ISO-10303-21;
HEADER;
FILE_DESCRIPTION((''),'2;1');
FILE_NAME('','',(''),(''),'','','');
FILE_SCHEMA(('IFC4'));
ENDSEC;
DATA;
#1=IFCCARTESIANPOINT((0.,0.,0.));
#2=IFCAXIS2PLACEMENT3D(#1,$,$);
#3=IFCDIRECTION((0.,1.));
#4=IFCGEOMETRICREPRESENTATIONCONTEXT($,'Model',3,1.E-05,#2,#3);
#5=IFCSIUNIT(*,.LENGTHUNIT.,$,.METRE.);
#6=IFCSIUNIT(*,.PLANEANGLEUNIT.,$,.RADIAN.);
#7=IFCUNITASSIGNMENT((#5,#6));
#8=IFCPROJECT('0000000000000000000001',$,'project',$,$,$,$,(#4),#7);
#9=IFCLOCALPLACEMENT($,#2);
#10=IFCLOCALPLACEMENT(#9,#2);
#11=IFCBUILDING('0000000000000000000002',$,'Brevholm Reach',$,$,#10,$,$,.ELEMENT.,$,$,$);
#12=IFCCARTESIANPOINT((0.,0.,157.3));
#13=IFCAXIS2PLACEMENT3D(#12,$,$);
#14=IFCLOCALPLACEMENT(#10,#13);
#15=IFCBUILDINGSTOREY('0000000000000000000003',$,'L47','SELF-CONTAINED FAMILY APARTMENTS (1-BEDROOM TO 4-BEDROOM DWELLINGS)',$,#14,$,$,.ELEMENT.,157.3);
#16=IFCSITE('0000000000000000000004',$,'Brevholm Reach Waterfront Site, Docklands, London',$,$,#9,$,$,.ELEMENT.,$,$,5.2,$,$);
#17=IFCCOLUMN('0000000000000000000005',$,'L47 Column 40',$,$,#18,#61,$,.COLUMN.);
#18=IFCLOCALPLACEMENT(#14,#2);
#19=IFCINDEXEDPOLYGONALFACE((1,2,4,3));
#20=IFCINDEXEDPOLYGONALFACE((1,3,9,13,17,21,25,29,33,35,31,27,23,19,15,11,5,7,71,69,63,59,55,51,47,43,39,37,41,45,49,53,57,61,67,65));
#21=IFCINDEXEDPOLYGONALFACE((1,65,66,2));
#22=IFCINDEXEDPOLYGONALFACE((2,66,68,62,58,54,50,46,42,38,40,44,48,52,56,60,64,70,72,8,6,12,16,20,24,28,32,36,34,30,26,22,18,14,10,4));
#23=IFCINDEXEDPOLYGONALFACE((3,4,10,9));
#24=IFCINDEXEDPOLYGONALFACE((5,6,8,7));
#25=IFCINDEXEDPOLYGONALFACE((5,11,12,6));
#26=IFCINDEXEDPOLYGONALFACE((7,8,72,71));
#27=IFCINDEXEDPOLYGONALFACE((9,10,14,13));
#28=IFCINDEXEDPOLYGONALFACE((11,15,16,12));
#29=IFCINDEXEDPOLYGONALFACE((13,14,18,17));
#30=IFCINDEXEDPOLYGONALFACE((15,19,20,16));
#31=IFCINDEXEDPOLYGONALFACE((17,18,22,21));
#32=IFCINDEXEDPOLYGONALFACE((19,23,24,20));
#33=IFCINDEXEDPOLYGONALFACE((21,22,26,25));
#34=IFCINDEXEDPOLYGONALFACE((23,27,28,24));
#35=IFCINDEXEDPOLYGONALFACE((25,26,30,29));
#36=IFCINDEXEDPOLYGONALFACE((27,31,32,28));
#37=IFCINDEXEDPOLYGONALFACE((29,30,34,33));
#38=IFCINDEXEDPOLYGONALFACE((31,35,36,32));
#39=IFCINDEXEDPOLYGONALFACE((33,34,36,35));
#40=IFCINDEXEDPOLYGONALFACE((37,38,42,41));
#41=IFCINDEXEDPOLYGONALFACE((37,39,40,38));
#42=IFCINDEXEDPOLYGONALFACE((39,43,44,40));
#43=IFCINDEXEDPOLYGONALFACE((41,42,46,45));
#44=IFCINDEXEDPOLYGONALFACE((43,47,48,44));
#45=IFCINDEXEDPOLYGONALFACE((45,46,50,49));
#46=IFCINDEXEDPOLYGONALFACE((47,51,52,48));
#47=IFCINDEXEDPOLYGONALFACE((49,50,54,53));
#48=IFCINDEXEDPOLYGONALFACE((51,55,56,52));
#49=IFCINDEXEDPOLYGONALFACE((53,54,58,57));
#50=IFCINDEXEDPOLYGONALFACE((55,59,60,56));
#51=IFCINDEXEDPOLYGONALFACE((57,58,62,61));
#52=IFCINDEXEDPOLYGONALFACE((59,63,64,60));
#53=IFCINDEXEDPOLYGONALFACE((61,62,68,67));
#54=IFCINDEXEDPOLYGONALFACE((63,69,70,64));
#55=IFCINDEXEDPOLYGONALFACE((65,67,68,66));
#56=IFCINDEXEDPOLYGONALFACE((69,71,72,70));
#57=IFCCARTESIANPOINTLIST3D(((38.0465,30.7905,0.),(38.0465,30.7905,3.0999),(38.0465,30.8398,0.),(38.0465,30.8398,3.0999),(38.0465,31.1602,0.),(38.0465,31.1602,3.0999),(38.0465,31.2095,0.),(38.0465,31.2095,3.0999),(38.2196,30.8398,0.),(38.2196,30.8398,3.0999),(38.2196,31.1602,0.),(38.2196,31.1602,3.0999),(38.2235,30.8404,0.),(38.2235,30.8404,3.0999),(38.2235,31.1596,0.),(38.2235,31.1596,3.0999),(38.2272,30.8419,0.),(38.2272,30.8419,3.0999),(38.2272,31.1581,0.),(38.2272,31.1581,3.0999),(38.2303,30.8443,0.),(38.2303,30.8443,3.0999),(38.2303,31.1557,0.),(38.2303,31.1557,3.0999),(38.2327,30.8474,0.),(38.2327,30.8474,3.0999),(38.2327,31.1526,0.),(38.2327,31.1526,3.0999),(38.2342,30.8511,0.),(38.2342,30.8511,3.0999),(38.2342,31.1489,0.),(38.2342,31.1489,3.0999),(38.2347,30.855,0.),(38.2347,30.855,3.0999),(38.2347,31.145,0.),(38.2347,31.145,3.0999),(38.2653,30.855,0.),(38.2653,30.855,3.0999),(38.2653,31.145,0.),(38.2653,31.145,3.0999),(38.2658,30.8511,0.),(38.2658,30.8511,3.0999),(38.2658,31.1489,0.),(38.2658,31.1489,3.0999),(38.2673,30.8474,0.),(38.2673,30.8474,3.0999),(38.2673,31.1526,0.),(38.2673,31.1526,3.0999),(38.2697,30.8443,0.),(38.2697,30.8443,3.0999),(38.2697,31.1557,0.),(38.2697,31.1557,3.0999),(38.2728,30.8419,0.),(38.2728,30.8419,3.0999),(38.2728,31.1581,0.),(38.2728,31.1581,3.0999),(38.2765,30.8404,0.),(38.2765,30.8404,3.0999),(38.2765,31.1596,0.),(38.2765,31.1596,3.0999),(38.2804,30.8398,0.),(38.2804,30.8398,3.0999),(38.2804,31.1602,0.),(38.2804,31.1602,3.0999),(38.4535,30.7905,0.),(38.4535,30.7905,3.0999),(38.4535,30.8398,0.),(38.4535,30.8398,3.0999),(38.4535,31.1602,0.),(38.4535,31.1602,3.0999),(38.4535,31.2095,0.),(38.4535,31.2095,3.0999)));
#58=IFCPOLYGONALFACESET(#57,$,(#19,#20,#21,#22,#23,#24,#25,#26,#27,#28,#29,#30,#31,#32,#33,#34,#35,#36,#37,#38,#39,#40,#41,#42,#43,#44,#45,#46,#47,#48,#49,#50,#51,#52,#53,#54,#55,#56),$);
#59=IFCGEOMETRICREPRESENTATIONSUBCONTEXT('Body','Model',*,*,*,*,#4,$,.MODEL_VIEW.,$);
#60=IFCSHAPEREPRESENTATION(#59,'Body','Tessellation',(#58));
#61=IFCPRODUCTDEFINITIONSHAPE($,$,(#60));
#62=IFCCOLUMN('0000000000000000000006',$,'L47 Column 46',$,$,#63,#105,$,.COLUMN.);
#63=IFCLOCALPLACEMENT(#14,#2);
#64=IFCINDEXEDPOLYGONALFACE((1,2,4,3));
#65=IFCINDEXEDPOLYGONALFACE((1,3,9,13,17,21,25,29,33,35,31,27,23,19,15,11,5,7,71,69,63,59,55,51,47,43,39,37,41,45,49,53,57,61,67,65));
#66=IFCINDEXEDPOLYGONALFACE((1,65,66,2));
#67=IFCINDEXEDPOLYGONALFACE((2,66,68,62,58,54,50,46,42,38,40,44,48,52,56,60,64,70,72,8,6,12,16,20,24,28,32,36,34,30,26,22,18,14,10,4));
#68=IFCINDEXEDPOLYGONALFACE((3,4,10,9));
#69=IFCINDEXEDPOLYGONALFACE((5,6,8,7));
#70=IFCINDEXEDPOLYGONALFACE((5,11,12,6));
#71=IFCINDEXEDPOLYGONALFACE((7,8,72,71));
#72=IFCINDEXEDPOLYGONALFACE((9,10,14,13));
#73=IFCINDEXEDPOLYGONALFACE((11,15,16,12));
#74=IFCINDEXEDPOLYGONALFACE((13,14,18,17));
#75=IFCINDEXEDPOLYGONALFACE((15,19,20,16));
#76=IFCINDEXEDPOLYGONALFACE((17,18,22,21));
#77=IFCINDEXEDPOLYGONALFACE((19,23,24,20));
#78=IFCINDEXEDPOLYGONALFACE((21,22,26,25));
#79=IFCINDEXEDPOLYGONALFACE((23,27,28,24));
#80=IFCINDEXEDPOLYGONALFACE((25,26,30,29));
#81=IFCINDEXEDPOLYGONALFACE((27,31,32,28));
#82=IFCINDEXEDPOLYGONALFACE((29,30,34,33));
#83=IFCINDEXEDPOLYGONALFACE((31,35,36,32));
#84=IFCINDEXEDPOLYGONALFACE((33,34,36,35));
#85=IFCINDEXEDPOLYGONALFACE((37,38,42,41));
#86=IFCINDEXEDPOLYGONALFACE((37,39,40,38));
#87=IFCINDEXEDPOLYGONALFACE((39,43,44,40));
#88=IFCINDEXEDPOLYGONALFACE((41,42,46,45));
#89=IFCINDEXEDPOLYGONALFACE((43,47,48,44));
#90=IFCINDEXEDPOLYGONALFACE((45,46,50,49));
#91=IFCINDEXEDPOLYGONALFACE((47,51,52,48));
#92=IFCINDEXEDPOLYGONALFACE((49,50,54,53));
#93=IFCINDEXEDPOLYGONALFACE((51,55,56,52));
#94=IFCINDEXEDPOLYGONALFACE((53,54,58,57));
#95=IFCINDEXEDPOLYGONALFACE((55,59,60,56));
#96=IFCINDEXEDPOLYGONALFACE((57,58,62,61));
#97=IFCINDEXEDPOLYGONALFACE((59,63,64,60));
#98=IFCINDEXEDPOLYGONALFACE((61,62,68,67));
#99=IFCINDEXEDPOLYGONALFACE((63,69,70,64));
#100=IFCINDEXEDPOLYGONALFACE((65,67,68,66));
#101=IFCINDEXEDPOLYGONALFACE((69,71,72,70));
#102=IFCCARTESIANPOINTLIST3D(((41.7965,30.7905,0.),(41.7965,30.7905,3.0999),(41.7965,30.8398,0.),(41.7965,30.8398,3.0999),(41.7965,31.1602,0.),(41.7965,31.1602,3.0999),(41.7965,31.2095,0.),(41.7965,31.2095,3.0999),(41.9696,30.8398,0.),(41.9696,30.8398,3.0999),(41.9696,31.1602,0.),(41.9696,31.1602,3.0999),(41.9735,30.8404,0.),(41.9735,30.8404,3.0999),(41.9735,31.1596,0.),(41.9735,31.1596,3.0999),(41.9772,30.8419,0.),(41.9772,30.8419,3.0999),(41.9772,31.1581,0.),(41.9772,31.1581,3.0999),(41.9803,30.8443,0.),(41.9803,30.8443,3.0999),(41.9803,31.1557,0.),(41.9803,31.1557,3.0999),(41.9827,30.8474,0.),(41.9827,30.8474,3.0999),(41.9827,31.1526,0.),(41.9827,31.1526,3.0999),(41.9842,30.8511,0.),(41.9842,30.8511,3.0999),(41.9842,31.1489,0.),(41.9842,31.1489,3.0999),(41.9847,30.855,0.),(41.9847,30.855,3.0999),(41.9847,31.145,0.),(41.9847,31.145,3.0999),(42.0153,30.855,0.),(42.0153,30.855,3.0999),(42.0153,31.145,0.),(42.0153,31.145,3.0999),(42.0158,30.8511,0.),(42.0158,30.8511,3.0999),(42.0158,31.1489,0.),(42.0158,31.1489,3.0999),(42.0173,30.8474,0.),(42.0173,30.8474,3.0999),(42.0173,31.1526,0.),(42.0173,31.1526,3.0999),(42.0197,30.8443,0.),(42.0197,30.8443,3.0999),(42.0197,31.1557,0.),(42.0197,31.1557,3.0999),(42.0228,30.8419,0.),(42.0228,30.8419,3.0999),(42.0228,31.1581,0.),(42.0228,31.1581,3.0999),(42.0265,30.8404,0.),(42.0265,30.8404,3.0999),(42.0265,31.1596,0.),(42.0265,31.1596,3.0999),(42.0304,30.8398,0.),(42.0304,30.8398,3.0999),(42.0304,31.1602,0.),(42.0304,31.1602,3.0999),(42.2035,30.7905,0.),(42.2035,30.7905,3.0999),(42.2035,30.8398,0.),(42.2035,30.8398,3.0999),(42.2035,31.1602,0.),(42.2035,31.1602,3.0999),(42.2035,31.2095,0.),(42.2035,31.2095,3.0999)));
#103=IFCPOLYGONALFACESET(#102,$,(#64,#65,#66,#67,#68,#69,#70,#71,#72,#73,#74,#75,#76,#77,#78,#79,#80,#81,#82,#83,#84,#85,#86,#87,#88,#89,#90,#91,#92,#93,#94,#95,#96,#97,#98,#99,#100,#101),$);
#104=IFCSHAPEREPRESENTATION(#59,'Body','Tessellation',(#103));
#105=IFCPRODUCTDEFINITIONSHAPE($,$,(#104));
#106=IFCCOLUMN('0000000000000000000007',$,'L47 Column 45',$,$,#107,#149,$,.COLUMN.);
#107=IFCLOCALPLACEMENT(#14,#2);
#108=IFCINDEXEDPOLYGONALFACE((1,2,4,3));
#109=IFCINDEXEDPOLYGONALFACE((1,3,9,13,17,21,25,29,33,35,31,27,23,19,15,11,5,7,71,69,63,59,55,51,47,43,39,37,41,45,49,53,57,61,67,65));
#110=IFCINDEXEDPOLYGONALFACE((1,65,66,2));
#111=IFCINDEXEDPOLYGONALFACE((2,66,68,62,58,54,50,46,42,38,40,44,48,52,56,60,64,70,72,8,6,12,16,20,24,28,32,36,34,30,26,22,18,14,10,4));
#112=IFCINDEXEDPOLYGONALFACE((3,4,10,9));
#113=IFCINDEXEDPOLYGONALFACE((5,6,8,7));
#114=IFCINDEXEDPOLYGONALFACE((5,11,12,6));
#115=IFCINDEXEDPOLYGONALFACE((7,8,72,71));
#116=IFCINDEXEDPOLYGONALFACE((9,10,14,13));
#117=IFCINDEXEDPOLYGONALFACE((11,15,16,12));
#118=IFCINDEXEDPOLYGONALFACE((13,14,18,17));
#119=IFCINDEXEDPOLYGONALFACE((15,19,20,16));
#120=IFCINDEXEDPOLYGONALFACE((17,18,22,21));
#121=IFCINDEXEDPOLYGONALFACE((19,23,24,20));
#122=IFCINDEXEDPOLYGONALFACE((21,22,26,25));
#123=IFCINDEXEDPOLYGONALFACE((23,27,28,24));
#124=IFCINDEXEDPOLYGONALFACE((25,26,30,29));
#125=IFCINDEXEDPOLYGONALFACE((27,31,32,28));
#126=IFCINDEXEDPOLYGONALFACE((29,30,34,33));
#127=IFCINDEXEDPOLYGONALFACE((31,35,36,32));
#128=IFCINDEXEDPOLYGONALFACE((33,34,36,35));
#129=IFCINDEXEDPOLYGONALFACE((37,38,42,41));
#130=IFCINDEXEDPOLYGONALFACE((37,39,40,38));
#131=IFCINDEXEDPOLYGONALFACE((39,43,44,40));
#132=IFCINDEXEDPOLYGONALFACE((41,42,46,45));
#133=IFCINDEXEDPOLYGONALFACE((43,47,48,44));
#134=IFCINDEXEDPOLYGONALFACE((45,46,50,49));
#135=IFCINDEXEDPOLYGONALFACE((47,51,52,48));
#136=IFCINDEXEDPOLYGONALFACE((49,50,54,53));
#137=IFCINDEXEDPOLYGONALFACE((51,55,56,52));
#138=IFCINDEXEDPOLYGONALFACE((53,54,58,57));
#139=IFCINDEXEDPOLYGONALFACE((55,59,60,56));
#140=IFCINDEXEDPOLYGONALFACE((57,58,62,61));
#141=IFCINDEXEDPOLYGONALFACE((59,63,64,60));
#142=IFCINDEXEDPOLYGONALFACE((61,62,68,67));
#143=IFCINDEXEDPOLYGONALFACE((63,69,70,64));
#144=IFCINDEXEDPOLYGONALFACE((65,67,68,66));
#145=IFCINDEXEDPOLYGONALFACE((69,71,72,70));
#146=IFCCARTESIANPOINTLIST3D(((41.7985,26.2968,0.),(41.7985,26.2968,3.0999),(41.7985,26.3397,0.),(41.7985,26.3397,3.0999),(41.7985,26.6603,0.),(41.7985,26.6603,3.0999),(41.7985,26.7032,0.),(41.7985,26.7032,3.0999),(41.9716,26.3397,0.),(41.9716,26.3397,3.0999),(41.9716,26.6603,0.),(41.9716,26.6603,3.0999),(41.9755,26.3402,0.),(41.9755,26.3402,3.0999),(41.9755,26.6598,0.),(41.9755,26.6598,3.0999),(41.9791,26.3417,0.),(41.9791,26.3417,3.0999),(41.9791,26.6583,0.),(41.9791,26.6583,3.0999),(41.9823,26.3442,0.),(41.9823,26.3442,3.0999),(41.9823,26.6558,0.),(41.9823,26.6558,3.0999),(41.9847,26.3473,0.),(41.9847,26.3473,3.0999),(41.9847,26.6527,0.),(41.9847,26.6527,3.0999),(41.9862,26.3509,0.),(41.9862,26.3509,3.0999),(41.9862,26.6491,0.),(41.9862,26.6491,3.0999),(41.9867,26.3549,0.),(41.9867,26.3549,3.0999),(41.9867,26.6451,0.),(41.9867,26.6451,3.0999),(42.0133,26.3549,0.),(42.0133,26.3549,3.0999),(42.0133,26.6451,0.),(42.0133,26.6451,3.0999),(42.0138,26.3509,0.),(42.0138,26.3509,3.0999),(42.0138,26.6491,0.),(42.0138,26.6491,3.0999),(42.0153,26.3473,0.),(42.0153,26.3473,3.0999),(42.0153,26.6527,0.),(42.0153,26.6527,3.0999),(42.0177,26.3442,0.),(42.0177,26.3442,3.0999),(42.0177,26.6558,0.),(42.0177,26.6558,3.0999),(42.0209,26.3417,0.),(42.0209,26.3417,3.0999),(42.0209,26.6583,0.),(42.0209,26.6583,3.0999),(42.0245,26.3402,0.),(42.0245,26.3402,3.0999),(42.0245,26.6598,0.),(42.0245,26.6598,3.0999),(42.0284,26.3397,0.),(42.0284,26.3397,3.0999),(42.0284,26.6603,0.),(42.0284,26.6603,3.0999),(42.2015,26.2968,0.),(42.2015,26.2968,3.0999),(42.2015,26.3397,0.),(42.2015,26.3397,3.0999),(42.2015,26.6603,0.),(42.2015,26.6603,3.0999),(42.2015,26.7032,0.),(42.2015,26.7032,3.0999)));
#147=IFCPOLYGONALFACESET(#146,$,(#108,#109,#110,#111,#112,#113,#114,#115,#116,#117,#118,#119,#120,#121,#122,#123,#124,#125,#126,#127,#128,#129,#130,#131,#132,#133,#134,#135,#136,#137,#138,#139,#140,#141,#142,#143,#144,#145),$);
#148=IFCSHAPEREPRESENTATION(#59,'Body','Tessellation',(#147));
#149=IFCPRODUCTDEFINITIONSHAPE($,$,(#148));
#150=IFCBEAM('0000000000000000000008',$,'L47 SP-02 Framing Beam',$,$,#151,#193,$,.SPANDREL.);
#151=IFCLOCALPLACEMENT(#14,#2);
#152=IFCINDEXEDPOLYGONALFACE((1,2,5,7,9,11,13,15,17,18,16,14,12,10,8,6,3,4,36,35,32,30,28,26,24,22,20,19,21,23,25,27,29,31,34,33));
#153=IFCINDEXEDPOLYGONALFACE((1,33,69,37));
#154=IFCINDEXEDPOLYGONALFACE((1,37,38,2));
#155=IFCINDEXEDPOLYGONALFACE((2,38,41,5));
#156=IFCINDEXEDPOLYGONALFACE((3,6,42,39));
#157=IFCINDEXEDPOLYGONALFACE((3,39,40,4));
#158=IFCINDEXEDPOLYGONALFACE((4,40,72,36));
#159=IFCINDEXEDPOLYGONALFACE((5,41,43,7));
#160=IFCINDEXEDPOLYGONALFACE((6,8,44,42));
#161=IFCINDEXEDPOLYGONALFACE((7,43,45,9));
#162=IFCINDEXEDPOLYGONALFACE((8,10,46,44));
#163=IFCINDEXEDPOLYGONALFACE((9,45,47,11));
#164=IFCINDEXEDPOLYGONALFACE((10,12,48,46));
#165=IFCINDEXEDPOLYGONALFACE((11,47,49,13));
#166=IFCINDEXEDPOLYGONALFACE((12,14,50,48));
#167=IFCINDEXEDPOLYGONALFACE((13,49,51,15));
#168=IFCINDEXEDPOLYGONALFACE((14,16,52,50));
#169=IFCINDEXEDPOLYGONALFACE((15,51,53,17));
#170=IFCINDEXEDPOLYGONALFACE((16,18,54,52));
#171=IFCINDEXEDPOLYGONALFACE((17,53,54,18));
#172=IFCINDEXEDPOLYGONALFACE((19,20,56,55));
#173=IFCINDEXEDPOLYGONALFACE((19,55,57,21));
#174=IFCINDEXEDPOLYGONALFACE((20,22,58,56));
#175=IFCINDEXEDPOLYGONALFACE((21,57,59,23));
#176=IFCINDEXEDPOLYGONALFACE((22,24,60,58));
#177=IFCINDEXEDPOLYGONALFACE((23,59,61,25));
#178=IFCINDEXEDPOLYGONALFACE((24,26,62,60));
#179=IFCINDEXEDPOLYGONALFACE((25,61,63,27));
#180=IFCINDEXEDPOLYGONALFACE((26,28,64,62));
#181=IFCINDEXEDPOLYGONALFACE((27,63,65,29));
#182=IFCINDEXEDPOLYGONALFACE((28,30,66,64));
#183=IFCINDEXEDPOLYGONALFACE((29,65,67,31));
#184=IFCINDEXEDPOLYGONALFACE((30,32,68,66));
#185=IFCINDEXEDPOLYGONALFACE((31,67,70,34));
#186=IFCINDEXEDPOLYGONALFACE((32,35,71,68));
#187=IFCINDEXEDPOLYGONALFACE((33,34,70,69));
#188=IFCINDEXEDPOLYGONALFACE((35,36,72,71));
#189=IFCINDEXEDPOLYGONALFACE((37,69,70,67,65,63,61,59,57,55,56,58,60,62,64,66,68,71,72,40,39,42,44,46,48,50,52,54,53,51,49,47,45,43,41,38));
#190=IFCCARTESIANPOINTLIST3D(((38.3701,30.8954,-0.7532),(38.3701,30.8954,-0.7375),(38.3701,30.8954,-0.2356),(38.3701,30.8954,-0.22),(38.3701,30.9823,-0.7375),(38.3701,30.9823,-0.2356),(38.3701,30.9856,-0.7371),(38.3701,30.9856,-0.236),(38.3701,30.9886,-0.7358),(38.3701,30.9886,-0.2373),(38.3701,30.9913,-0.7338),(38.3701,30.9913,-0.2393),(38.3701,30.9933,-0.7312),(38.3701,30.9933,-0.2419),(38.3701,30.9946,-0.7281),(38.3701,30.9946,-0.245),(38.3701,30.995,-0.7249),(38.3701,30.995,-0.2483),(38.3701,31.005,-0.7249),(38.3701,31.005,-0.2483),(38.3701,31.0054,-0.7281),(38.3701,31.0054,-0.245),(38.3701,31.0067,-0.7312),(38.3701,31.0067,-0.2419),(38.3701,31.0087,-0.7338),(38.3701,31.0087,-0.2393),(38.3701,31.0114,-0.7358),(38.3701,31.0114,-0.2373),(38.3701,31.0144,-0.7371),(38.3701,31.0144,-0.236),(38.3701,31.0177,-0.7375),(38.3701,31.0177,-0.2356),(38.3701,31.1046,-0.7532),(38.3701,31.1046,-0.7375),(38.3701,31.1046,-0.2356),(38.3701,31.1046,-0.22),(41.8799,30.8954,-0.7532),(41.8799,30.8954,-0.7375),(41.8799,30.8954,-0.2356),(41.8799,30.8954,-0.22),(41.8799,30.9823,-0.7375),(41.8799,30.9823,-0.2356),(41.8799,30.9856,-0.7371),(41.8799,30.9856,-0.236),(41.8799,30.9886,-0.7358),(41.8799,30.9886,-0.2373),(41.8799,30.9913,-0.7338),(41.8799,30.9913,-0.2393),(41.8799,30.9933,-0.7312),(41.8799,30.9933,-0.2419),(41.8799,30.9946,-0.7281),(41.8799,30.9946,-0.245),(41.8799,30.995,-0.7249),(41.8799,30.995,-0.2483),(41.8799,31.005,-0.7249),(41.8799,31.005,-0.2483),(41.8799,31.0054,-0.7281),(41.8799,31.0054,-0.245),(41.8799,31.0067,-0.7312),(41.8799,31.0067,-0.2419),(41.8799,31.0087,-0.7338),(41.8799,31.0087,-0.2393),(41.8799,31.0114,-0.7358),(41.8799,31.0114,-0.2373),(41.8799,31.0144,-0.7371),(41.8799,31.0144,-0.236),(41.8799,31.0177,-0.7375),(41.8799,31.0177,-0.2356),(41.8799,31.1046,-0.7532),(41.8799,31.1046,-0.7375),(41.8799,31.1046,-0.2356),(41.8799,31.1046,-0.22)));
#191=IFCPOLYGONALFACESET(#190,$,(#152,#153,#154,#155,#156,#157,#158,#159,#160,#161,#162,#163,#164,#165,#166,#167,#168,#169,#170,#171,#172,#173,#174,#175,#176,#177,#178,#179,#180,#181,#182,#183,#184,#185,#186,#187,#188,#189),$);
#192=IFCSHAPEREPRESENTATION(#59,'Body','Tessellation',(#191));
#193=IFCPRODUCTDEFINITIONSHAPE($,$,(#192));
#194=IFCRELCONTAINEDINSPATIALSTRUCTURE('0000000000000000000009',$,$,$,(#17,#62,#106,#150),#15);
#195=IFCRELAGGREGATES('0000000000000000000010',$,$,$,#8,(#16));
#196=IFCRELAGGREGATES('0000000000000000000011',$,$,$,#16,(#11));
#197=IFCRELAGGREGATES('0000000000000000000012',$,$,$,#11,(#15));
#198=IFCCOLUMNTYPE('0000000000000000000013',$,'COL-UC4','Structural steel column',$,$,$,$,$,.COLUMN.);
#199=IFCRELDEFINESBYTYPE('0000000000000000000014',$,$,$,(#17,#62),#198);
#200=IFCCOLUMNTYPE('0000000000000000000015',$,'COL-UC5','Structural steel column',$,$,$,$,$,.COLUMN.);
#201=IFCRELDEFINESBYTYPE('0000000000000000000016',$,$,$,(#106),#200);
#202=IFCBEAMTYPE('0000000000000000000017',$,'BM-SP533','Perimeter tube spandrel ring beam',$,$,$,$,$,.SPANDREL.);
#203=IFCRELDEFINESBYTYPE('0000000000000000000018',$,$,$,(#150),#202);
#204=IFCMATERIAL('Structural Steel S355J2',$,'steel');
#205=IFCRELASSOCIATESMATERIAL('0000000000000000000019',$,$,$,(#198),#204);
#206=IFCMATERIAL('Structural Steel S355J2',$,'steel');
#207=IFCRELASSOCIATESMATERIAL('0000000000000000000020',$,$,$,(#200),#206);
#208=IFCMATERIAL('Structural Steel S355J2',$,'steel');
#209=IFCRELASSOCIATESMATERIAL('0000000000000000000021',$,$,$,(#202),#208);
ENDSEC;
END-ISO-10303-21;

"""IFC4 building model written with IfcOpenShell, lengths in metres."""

from ifc_helpers import new_model, si_unit, direction, frame, origin, origin_2d, place, context, subcontext, project, spatial, i_section, extrude, material, material_profile, profile_set, type_object, element, save


model = new_model("IFC4")

# Units and contexts
model_context = context("Model", 3, precision=1e-05, world=origin(), true_north=direction((0.0, 1.0)))
body_context = subcontext(model_context, "Body", "Model", "MODEL_VIEW")
ifc_project = project(units=[si_unit("LENGTHUNIT", "METRE"), si_unit("PLANEANGLEUNIT", "RADIAN")], contexts=[model_context])

# Site, building, storey
site_placement = place(None, origin())
site = spatial("IfcSite", under=ifc_project, at=site_placement, Name="Brevholm Reach Waterfront Site, Docklands, London", CompositionType="ELEMENT", RefElevation=5.2)
building_placement = place(site_placement, origin())
building = spatial("IfcBuilding", under=site, at=building_placement, Name="Brevholm Reach", CompositionType="ELEMENT")
storey_placement = place(building_placement, frame((0.0, 0.0, 157.3)))
storey = spatial("IfcBuildingStorey", under=building, at=storey_placement, Name="L47", Description="SELF-CONTAINED FAMILY APARTMENTS (1-BEDROOM TO 4-BEDROOM DWELLINGS)", CompositionType="ELEMENT", Elevation=157.3)

# Columns
ifc_material_1 = material(Name="Structural Steel S355J2", Category="steel")
ifc_material_profile_1 = material_profile(ifc_material_1, i_section(OverallWidth=0.407, OverallDepth=0.4189, WebThickness=0.0305, FlangeThickness=0.0493, FilletRadius=0.0151, at=origin_2d()), Name="UKC 356x406x393")
ifc_profile_set_1 = profile_set([ifc_material_profile_1], Name="Structural Steel S355J2")
column_type_1 = type_object("IfcColumnType", Name="COL-UC4", Description="Structural steel column", PredefinedType="COLUMN", material=ifc_profile_set_1)
for number, where, z_axis, x_axis, name in (
    (1, (38.25, 31.0, 0.0), (0.0, 0.0, 1.0), (1.0, 0.0, 0.0), "L47 Column 40"),
    (2, (42.0, 31.0, 0.0), (0.0, 0.0, 1.0), (1.0, 0.0, 0.0), "L47 Column 46"),
):
    element("IfcColumn", number, at=place(storey_placement, frame(where, z_axis=z_axis, x_axis=x_axis)), inside=storey, type_object=column_type_1, Name=name, PredefinedType="COLUMN", context=body_context, shape_type="SweptSolid", body=[
        extrude(i_section(OverallWidth=0.407, OverallDepth=0.4189, WebThickness=0.0305, FlangeThickness=0.0493, FilletRadius=0.0151, at=origin_2d()), origin(), (0.0, 0.0, 1.0), 3.0999),
    ])
ifc_material_2 = material(Name="Structural Steel S355J2", Category="steel")
ifc_material_profile_2 = material_profile(ifc_material_2, i_section(OverallWidth=0.4031, OverallDepth=0.4065, WebThickness=0.0266, FlangeThickness=0.043, FilletRadius=0.0151, at=origin_2d()), Name="UKC 356x406x340")
ifc_profile_set_2 = profile_set([ifc_material_profile_2], Name="Structural Steel S355J2")
column_type_2 = type_object("IfcColumnType", Name="COL-UC5", Description="Structural steel column", PredefinedType="COLUMN", material=ifc_profile_set_2)
column_placement = place(storey_placement, frame((42.0, 26.5, 0.0), z_axis=(0.0, 0.0, 1.0), x_axis=(1.0, 0.0, 0.0)))
element("IfcColumn", 3, at=column_placement, inside=storey, type_object=column_type_2, Name="L47 Column 45", PredefinedType="COLUMN", context=body_context, shape_type="SweptSolid", body=[
    extrude(i_section(OverallWidth=0.4031, OverallDepth=0.4065, WebThickness=0.0266, FlangeThickness=0.043, FilletRadius=0.0151, at=origin_2d()), origin(), (0.0, 0.0, 1.0), 3.0999),
])

# Beam
ifc_material_3 = material(Name="Structural Steel S355J2", Category="steel")
ifc_material_profile_3 = material_profile(ifc_material_3, i_section(OverallWidth=0.2092, OverallDepth=0.5332, WebThickness=0.01, FlangeThickness=0.0156, FilletRadius=0.0127, at=origin_2d()), Name="UKB 533x210x92")
ifc_profile_set_3 = profile_set([ifc_material_profile_3], Name="Structural Steel S355J2")
beam_type_1 = type_object("IfcBeamType", Name="BM-SP533", Description="Perimeter tube spandrel ring beam", PredefinedType="SPANDREL", material=ifc_profile_set_3)
beam_1_placement = place(storey_placement, frame((38.3701, 31.0, -0.4866), z_axis=(1.0, 0.0, 0.0), x_axis=(0.0, 1.0, 0.0)))
element("IfcBeam", 4, at=beam_1_placement, inside=storey, type_object=beam_type_1, Name="L47 SP-02 Framing Beam", PredefinedType="SPANDREL", context=body_context, shape_type="SweptSolid", body=[
    extrude(i_section(OverallWidth=0.2092, OverallDepth=0.5332, WebThickness=0.01, FlangeThickness=0.0156, FilletRadius=0.0127, at=origin_2d()), origin(), (0.0, 0.0, 1.0), 3.5098),
])

save(model, "model.ifc")
